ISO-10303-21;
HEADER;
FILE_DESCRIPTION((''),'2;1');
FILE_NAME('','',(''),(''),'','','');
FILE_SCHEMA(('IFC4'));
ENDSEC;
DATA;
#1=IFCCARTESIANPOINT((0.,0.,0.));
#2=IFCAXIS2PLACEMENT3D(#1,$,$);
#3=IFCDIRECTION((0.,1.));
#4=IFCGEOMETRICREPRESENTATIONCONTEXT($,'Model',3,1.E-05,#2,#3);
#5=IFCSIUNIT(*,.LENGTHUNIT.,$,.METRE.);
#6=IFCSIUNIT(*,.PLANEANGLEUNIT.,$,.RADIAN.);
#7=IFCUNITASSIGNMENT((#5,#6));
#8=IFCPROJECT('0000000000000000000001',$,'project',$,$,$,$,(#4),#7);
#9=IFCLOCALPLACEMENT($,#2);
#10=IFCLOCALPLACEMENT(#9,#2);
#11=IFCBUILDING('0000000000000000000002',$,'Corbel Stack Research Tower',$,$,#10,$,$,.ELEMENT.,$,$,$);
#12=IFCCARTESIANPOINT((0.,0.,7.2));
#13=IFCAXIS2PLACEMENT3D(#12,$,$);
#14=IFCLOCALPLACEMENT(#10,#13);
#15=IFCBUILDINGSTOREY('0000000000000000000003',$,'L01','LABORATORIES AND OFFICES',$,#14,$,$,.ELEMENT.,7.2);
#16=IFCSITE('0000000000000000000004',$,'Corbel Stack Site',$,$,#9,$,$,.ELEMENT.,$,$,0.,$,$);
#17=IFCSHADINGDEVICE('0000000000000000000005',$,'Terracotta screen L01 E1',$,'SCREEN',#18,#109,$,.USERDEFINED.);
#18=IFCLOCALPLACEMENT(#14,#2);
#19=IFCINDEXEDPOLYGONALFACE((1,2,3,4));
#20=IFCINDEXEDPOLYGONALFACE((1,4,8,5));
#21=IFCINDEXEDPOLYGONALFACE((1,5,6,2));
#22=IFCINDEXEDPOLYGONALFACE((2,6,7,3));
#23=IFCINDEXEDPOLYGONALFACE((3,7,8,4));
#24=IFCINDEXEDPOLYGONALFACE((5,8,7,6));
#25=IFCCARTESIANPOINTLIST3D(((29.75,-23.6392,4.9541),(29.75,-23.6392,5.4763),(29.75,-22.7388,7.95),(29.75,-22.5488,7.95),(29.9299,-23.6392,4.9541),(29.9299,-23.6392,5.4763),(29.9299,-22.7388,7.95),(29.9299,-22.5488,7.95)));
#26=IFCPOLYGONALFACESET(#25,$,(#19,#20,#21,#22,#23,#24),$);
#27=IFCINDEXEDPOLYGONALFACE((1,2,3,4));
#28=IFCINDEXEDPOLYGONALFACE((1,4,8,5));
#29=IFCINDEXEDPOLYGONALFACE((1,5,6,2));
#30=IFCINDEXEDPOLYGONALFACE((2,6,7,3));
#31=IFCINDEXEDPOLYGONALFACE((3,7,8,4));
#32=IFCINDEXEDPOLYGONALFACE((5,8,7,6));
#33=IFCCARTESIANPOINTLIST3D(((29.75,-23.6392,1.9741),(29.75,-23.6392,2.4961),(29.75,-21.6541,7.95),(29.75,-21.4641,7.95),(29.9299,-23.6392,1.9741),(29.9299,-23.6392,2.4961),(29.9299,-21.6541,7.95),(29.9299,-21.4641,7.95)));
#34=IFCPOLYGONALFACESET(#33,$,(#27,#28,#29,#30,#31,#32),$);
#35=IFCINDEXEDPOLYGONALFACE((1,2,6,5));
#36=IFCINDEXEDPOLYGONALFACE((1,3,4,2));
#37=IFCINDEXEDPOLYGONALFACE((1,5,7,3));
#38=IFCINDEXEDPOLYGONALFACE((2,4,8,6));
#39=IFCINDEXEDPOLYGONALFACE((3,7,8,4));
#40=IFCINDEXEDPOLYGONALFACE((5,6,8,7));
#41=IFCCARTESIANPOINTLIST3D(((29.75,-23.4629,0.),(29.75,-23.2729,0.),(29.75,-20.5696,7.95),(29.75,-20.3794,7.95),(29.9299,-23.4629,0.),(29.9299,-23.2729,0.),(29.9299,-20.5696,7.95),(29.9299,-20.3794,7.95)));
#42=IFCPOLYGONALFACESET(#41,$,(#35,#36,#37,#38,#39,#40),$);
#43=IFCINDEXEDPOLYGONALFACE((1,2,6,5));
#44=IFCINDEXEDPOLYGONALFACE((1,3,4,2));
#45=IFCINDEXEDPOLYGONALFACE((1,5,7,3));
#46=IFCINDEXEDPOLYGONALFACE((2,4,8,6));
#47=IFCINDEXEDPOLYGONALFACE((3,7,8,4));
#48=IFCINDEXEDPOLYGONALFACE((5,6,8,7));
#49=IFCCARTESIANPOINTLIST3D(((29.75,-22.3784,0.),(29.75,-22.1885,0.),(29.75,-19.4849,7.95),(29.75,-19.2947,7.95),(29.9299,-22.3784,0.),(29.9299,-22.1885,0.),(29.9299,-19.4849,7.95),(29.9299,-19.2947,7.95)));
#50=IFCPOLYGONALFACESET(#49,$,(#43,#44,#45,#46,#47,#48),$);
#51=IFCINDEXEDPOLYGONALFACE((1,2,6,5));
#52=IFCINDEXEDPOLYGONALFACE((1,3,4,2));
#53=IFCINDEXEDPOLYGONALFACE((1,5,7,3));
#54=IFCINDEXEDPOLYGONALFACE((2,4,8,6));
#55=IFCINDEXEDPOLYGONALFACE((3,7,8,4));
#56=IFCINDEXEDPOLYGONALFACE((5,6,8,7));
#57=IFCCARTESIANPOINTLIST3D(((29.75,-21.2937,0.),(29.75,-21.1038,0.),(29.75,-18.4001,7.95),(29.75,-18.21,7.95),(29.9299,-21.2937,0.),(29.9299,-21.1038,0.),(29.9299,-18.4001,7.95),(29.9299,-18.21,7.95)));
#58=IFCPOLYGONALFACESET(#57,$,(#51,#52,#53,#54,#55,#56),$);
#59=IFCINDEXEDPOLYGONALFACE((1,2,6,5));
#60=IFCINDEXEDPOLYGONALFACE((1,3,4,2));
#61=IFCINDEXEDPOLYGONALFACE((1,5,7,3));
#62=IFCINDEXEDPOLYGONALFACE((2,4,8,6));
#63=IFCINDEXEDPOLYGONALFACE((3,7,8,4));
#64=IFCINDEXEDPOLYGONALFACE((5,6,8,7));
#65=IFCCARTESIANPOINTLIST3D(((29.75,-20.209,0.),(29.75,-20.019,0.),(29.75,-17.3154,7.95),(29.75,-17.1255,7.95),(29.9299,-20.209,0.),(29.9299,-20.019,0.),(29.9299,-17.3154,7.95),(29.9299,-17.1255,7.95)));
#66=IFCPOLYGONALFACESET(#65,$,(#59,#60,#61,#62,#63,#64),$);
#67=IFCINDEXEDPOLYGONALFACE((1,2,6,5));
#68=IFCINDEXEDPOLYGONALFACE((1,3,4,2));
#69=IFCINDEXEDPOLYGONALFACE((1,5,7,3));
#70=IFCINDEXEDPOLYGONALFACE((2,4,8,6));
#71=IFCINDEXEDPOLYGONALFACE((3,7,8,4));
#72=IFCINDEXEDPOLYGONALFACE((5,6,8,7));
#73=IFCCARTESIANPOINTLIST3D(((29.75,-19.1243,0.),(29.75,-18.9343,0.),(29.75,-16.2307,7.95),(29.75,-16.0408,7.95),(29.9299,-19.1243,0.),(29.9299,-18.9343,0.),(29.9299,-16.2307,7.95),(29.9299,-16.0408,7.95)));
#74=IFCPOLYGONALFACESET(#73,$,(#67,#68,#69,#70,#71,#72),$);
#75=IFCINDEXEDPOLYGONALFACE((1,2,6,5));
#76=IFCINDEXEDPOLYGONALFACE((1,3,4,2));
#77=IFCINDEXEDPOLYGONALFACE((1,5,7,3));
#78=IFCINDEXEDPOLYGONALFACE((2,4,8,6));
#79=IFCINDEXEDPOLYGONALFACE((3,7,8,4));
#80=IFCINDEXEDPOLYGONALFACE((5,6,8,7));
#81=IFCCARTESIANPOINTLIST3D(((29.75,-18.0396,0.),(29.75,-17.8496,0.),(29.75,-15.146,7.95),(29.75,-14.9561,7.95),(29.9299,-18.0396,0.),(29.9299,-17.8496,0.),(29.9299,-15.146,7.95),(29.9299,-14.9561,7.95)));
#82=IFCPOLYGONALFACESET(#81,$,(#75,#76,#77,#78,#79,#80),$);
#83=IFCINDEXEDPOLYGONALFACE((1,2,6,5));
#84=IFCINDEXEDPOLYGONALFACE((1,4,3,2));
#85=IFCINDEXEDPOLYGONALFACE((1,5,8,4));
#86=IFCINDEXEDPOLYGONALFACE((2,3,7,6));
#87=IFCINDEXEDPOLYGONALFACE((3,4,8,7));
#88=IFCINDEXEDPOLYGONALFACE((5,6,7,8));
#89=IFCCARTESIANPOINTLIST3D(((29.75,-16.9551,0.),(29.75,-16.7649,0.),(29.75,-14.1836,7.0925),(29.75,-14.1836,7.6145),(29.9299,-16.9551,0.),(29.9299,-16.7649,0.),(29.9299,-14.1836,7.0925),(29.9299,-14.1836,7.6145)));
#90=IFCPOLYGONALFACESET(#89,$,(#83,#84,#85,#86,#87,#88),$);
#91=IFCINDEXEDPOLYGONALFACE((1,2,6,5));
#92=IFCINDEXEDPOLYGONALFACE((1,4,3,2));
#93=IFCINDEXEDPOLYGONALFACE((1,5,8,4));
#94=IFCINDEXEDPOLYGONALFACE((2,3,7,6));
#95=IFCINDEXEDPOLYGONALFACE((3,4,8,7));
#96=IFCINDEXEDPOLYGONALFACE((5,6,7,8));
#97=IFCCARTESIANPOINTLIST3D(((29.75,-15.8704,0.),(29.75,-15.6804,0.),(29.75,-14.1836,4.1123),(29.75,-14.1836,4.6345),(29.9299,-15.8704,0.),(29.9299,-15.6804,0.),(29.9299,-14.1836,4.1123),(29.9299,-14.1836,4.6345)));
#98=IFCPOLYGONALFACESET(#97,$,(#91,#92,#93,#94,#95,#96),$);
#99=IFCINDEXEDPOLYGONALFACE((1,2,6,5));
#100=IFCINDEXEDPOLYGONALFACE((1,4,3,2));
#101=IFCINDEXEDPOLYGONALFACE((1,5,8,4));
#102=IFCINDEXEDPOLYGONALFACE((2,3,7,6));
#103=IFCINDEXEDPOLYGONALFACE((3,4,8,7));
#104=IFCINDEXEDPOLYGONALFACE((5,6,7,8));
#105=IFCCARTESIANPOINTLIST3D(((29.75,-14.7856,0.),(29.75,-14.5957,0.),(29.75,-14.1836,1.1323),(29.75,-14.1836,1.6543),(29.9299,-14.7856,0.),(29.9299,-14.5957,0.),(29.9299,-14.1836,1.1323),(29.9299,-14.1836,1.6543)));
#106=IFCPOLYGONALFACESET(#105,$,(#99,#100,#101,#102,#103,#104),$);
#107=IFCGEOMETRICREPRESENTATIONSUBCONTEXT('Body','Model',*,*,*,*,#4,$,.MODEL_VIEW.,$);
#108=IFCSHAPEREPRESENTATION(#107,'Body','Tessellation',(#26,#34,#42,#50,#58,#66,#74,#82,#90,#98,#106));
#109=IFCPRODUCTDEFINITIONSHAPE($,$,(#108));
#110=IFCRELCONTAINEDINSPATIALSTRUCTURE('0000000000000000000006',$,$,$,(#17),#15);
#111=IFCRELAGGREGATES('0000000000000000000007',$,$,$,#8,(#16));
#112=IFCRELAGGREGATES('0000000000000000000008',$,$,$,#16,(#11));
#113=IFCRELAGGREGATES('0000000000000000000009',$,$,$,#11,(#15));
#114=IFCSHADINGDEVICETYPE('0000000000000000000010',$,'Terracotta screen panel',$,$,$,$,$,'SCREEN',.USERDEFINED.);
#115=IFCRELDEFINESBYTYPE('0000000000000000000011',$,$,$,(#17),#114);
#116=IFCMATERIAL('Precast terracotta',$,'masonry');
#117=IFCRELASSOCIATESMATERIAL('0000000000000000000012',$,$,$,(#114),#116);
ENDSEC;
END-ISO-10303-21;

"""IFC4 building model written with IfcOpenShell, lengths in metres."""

from ifc_helpers import new_model, si_unit, direction, frame, origin, place, context, subcontext, project, spatial, polyline, outline, extrude, source, transform, mapped, material, type_object, element, save


model = new_model("IFC4")

# Units and contexts
model_context = context("Model", 3, precision=1e-05, world=origin(), true_north=direction((0.0, 1.0)))
body_context = subcontext(model_context, "Body", "Model", "MODEL_VIEW")
ifc_project = project(units=[si_unit("LENGTHUNIT", "METRE"), si_unit("PLANEANGLEUNIT", "RADIAN")], contexts=[model_context])

# Site, building, storey
site_placement = place(None, origin())
site = spatial("IfcSite", under=ifc_project, at=site_placement, Name="Corbel Stack Site", CompositionType="ELEMENT", RefElevation=0.0)
building_placement = place(site_placement, origin())
building = spatial("IfcBuilding", under=site, at=building_placement, Name="Corbel Stack Research Tower", CompositionType="ELEMENT")
storey_placement = place(building_placement, frame((0.0, 0.0, 7.2)))
storey = spatial("IfcBuildingStorey", under=building, at=storey_placement, Name="L01", Description="LABORATORIES AND OFFICES", CompositionType="ELEMENT", Elevation=7.2)

# Shading device
ifc_material_1 = material(Name="Precast terracotta", Category="masonry")
shading_device_type = type_object("IfcShadingDeviceType", Name="Terracotta screen panel", ElementType="SCREEN", PredefinedType="USERDEFINED", material=ifc_material_1)
shared_shape = source(origin(), body_context, "Body", "SweptSolid", [
    extrude(outline(polyline([(1.0903, 7.95), (0.9004, 7.95), (0.0, 5.4763), (0.0, 4.9541), (1.0903, 7.95)])), frame((0.0, 0.0, 0.0), z_axis=(0.0, -1.0, 0.0), x_axis=(1.0, 0.0, 0.0)), (0.0, 0.0, 1.0), 0.1799),
    extrude(outline(polyline([(2.175, 7.95), (1.9851, 7.95), (0.0, 2.4961), (0.0, 1.9741), (2.175, 7.95)])), frame((0.0, 0.0, 0.0), z_axis=(0.0, -1.0, 0.0), x_axis=(1.0, 0.0, 0.0)), (0.0, 0.0, 1.0), 0.1799),
    extrude(outline(polyline([(0.3662, 0.0), (3.2598, 7.95), (3.0696, 7.95), (0.1763, 0.0), (0.3662, 0.0)])), frame((0.0, 0.0, 0.0), z_axis=(0.0, -1.0, 0.0), x_axis=(1.0, 0.0, 0.0)), (0.0, 0.0, 1.0), 0.1799),
    extrude(outline(polyline([(1.4507, 0.0), (4.3445, 7.95), (4.1543, 7.95), (1.2607, 0.0), (1.4507, 0.0)])), frame((0.0, 0.0, 0.0), z_axis=(0.0, -1.0, 0.0), x_axis=(1.0, 0.0, 0.0)), (0.0, 0.0, 1.0), 0.1799),
    extrude(outline(polyline([(2.5354, 0.0), (5.4292, 7.95), (5.239, 7.95), (2.3455, 0.0), (2.5354, 0.0)])), frame((0.0, 0.0, 0.0), z_axis=(0.0, -1.0, 0.0), x_axis=(1.0, 0.0, 0.0)), (0.0, 0.0, 1.0), 0.1799),
    extrude(outline(polyline([(3.6201, 0.0), (6.5137, 7.95), (6.3237, 7.95), (3.4302, 0.0), (3.6201, 0.0)])), frame((0.0, 0.0, 0.0), z_axis=(0.0, -1.0, 0.0), x_axis=(1.0, 0.0, 0.0)), (0.0, 0.0, 1.0), 0.1799),
    extrude(outline(polyline([(4.7048, 0.0), (7.5984, 7.95), (7.4084, 7.95), (4.5149, 0.0), (4.7048, 0.0)])), frame((0.0, 0.0, 0.0), z_axis=(0.0, -1.0, 0.0), x_axis=(1.0, 0.0, 0.0)), (0.0, 0.0, 1.0), 0.1799),
    extrude(outline(polyline([(5.7896, 0.0), (8.6831, 7.95), (8.4932, 7.95), (5.5996, 0.0), (5.7896, 0.0)])), frame((0.0, 0.0, 0.0), z_axis=(0.0, -1.0, 0.0), x_axis=(1.0, 0.0, 0.0)), (0.0, 0.0, 1.0), 0.1799),
    extrude(outline(polyline([(6.8743, 0.0), (9.4556, 7.0925), (9.4556, 7.6145), (6.6841, 0.0), (6.8743, 0.0)])), frame((0.0, 0.0, 0.0), z_axis=(0.0, -1.0, 0.0), x_axis=(1.0, 0.0, 0.0)), (0.0, 0.0, 1.0), 0.1799),
    extrude(outline(polyline([(7.9587, 0.0), (9.4556, 4.1123), (9.4556, 4.6345), (7.7688, 0.0), (7.9587, 0.0)])), frame((0.0, 0.0, 0.0), z_axis=(0.0, -1.0, 0.0), x_axis=(1.0, 0.0, 0.0)), (0.0, 0.0, 1.0), 0.1799),
    extrude(outline(polyline([(9.0435, 0.0), (9.4556, 1.1323), (9.4556, 1.6543), (8.8535, 0.0), (9.0435, 0.0)])), frame((0.0, 0.0, 0.0), z_axis=(0.0, -1.0, 0.0), x_axis=(1.0, 0.0, 0.0)), (0.0, 0.0, 1.0), 0.1799),
])
shading_device_placement = place(storey_placement, frame((29.75, -23.6392, 0.0), z_axis=(0.0, 0.0, 1.0), x_axis=(0.0, 1.0, 0.0)))
element("IfcShadingDevice", 1, at=shading_device_placement, inside=storey, type_object=shading_device_type, Name="Terracotta screen L01 E1", ObjectType="SCREEN", PredefinedType="USERDEFINED", context=body_context, shape_type="MappedRepresentation", body=[
    mapped(shared_shape, transform((0.0, 0.0, 0.0))),
])

save(model, "model.ifc")
